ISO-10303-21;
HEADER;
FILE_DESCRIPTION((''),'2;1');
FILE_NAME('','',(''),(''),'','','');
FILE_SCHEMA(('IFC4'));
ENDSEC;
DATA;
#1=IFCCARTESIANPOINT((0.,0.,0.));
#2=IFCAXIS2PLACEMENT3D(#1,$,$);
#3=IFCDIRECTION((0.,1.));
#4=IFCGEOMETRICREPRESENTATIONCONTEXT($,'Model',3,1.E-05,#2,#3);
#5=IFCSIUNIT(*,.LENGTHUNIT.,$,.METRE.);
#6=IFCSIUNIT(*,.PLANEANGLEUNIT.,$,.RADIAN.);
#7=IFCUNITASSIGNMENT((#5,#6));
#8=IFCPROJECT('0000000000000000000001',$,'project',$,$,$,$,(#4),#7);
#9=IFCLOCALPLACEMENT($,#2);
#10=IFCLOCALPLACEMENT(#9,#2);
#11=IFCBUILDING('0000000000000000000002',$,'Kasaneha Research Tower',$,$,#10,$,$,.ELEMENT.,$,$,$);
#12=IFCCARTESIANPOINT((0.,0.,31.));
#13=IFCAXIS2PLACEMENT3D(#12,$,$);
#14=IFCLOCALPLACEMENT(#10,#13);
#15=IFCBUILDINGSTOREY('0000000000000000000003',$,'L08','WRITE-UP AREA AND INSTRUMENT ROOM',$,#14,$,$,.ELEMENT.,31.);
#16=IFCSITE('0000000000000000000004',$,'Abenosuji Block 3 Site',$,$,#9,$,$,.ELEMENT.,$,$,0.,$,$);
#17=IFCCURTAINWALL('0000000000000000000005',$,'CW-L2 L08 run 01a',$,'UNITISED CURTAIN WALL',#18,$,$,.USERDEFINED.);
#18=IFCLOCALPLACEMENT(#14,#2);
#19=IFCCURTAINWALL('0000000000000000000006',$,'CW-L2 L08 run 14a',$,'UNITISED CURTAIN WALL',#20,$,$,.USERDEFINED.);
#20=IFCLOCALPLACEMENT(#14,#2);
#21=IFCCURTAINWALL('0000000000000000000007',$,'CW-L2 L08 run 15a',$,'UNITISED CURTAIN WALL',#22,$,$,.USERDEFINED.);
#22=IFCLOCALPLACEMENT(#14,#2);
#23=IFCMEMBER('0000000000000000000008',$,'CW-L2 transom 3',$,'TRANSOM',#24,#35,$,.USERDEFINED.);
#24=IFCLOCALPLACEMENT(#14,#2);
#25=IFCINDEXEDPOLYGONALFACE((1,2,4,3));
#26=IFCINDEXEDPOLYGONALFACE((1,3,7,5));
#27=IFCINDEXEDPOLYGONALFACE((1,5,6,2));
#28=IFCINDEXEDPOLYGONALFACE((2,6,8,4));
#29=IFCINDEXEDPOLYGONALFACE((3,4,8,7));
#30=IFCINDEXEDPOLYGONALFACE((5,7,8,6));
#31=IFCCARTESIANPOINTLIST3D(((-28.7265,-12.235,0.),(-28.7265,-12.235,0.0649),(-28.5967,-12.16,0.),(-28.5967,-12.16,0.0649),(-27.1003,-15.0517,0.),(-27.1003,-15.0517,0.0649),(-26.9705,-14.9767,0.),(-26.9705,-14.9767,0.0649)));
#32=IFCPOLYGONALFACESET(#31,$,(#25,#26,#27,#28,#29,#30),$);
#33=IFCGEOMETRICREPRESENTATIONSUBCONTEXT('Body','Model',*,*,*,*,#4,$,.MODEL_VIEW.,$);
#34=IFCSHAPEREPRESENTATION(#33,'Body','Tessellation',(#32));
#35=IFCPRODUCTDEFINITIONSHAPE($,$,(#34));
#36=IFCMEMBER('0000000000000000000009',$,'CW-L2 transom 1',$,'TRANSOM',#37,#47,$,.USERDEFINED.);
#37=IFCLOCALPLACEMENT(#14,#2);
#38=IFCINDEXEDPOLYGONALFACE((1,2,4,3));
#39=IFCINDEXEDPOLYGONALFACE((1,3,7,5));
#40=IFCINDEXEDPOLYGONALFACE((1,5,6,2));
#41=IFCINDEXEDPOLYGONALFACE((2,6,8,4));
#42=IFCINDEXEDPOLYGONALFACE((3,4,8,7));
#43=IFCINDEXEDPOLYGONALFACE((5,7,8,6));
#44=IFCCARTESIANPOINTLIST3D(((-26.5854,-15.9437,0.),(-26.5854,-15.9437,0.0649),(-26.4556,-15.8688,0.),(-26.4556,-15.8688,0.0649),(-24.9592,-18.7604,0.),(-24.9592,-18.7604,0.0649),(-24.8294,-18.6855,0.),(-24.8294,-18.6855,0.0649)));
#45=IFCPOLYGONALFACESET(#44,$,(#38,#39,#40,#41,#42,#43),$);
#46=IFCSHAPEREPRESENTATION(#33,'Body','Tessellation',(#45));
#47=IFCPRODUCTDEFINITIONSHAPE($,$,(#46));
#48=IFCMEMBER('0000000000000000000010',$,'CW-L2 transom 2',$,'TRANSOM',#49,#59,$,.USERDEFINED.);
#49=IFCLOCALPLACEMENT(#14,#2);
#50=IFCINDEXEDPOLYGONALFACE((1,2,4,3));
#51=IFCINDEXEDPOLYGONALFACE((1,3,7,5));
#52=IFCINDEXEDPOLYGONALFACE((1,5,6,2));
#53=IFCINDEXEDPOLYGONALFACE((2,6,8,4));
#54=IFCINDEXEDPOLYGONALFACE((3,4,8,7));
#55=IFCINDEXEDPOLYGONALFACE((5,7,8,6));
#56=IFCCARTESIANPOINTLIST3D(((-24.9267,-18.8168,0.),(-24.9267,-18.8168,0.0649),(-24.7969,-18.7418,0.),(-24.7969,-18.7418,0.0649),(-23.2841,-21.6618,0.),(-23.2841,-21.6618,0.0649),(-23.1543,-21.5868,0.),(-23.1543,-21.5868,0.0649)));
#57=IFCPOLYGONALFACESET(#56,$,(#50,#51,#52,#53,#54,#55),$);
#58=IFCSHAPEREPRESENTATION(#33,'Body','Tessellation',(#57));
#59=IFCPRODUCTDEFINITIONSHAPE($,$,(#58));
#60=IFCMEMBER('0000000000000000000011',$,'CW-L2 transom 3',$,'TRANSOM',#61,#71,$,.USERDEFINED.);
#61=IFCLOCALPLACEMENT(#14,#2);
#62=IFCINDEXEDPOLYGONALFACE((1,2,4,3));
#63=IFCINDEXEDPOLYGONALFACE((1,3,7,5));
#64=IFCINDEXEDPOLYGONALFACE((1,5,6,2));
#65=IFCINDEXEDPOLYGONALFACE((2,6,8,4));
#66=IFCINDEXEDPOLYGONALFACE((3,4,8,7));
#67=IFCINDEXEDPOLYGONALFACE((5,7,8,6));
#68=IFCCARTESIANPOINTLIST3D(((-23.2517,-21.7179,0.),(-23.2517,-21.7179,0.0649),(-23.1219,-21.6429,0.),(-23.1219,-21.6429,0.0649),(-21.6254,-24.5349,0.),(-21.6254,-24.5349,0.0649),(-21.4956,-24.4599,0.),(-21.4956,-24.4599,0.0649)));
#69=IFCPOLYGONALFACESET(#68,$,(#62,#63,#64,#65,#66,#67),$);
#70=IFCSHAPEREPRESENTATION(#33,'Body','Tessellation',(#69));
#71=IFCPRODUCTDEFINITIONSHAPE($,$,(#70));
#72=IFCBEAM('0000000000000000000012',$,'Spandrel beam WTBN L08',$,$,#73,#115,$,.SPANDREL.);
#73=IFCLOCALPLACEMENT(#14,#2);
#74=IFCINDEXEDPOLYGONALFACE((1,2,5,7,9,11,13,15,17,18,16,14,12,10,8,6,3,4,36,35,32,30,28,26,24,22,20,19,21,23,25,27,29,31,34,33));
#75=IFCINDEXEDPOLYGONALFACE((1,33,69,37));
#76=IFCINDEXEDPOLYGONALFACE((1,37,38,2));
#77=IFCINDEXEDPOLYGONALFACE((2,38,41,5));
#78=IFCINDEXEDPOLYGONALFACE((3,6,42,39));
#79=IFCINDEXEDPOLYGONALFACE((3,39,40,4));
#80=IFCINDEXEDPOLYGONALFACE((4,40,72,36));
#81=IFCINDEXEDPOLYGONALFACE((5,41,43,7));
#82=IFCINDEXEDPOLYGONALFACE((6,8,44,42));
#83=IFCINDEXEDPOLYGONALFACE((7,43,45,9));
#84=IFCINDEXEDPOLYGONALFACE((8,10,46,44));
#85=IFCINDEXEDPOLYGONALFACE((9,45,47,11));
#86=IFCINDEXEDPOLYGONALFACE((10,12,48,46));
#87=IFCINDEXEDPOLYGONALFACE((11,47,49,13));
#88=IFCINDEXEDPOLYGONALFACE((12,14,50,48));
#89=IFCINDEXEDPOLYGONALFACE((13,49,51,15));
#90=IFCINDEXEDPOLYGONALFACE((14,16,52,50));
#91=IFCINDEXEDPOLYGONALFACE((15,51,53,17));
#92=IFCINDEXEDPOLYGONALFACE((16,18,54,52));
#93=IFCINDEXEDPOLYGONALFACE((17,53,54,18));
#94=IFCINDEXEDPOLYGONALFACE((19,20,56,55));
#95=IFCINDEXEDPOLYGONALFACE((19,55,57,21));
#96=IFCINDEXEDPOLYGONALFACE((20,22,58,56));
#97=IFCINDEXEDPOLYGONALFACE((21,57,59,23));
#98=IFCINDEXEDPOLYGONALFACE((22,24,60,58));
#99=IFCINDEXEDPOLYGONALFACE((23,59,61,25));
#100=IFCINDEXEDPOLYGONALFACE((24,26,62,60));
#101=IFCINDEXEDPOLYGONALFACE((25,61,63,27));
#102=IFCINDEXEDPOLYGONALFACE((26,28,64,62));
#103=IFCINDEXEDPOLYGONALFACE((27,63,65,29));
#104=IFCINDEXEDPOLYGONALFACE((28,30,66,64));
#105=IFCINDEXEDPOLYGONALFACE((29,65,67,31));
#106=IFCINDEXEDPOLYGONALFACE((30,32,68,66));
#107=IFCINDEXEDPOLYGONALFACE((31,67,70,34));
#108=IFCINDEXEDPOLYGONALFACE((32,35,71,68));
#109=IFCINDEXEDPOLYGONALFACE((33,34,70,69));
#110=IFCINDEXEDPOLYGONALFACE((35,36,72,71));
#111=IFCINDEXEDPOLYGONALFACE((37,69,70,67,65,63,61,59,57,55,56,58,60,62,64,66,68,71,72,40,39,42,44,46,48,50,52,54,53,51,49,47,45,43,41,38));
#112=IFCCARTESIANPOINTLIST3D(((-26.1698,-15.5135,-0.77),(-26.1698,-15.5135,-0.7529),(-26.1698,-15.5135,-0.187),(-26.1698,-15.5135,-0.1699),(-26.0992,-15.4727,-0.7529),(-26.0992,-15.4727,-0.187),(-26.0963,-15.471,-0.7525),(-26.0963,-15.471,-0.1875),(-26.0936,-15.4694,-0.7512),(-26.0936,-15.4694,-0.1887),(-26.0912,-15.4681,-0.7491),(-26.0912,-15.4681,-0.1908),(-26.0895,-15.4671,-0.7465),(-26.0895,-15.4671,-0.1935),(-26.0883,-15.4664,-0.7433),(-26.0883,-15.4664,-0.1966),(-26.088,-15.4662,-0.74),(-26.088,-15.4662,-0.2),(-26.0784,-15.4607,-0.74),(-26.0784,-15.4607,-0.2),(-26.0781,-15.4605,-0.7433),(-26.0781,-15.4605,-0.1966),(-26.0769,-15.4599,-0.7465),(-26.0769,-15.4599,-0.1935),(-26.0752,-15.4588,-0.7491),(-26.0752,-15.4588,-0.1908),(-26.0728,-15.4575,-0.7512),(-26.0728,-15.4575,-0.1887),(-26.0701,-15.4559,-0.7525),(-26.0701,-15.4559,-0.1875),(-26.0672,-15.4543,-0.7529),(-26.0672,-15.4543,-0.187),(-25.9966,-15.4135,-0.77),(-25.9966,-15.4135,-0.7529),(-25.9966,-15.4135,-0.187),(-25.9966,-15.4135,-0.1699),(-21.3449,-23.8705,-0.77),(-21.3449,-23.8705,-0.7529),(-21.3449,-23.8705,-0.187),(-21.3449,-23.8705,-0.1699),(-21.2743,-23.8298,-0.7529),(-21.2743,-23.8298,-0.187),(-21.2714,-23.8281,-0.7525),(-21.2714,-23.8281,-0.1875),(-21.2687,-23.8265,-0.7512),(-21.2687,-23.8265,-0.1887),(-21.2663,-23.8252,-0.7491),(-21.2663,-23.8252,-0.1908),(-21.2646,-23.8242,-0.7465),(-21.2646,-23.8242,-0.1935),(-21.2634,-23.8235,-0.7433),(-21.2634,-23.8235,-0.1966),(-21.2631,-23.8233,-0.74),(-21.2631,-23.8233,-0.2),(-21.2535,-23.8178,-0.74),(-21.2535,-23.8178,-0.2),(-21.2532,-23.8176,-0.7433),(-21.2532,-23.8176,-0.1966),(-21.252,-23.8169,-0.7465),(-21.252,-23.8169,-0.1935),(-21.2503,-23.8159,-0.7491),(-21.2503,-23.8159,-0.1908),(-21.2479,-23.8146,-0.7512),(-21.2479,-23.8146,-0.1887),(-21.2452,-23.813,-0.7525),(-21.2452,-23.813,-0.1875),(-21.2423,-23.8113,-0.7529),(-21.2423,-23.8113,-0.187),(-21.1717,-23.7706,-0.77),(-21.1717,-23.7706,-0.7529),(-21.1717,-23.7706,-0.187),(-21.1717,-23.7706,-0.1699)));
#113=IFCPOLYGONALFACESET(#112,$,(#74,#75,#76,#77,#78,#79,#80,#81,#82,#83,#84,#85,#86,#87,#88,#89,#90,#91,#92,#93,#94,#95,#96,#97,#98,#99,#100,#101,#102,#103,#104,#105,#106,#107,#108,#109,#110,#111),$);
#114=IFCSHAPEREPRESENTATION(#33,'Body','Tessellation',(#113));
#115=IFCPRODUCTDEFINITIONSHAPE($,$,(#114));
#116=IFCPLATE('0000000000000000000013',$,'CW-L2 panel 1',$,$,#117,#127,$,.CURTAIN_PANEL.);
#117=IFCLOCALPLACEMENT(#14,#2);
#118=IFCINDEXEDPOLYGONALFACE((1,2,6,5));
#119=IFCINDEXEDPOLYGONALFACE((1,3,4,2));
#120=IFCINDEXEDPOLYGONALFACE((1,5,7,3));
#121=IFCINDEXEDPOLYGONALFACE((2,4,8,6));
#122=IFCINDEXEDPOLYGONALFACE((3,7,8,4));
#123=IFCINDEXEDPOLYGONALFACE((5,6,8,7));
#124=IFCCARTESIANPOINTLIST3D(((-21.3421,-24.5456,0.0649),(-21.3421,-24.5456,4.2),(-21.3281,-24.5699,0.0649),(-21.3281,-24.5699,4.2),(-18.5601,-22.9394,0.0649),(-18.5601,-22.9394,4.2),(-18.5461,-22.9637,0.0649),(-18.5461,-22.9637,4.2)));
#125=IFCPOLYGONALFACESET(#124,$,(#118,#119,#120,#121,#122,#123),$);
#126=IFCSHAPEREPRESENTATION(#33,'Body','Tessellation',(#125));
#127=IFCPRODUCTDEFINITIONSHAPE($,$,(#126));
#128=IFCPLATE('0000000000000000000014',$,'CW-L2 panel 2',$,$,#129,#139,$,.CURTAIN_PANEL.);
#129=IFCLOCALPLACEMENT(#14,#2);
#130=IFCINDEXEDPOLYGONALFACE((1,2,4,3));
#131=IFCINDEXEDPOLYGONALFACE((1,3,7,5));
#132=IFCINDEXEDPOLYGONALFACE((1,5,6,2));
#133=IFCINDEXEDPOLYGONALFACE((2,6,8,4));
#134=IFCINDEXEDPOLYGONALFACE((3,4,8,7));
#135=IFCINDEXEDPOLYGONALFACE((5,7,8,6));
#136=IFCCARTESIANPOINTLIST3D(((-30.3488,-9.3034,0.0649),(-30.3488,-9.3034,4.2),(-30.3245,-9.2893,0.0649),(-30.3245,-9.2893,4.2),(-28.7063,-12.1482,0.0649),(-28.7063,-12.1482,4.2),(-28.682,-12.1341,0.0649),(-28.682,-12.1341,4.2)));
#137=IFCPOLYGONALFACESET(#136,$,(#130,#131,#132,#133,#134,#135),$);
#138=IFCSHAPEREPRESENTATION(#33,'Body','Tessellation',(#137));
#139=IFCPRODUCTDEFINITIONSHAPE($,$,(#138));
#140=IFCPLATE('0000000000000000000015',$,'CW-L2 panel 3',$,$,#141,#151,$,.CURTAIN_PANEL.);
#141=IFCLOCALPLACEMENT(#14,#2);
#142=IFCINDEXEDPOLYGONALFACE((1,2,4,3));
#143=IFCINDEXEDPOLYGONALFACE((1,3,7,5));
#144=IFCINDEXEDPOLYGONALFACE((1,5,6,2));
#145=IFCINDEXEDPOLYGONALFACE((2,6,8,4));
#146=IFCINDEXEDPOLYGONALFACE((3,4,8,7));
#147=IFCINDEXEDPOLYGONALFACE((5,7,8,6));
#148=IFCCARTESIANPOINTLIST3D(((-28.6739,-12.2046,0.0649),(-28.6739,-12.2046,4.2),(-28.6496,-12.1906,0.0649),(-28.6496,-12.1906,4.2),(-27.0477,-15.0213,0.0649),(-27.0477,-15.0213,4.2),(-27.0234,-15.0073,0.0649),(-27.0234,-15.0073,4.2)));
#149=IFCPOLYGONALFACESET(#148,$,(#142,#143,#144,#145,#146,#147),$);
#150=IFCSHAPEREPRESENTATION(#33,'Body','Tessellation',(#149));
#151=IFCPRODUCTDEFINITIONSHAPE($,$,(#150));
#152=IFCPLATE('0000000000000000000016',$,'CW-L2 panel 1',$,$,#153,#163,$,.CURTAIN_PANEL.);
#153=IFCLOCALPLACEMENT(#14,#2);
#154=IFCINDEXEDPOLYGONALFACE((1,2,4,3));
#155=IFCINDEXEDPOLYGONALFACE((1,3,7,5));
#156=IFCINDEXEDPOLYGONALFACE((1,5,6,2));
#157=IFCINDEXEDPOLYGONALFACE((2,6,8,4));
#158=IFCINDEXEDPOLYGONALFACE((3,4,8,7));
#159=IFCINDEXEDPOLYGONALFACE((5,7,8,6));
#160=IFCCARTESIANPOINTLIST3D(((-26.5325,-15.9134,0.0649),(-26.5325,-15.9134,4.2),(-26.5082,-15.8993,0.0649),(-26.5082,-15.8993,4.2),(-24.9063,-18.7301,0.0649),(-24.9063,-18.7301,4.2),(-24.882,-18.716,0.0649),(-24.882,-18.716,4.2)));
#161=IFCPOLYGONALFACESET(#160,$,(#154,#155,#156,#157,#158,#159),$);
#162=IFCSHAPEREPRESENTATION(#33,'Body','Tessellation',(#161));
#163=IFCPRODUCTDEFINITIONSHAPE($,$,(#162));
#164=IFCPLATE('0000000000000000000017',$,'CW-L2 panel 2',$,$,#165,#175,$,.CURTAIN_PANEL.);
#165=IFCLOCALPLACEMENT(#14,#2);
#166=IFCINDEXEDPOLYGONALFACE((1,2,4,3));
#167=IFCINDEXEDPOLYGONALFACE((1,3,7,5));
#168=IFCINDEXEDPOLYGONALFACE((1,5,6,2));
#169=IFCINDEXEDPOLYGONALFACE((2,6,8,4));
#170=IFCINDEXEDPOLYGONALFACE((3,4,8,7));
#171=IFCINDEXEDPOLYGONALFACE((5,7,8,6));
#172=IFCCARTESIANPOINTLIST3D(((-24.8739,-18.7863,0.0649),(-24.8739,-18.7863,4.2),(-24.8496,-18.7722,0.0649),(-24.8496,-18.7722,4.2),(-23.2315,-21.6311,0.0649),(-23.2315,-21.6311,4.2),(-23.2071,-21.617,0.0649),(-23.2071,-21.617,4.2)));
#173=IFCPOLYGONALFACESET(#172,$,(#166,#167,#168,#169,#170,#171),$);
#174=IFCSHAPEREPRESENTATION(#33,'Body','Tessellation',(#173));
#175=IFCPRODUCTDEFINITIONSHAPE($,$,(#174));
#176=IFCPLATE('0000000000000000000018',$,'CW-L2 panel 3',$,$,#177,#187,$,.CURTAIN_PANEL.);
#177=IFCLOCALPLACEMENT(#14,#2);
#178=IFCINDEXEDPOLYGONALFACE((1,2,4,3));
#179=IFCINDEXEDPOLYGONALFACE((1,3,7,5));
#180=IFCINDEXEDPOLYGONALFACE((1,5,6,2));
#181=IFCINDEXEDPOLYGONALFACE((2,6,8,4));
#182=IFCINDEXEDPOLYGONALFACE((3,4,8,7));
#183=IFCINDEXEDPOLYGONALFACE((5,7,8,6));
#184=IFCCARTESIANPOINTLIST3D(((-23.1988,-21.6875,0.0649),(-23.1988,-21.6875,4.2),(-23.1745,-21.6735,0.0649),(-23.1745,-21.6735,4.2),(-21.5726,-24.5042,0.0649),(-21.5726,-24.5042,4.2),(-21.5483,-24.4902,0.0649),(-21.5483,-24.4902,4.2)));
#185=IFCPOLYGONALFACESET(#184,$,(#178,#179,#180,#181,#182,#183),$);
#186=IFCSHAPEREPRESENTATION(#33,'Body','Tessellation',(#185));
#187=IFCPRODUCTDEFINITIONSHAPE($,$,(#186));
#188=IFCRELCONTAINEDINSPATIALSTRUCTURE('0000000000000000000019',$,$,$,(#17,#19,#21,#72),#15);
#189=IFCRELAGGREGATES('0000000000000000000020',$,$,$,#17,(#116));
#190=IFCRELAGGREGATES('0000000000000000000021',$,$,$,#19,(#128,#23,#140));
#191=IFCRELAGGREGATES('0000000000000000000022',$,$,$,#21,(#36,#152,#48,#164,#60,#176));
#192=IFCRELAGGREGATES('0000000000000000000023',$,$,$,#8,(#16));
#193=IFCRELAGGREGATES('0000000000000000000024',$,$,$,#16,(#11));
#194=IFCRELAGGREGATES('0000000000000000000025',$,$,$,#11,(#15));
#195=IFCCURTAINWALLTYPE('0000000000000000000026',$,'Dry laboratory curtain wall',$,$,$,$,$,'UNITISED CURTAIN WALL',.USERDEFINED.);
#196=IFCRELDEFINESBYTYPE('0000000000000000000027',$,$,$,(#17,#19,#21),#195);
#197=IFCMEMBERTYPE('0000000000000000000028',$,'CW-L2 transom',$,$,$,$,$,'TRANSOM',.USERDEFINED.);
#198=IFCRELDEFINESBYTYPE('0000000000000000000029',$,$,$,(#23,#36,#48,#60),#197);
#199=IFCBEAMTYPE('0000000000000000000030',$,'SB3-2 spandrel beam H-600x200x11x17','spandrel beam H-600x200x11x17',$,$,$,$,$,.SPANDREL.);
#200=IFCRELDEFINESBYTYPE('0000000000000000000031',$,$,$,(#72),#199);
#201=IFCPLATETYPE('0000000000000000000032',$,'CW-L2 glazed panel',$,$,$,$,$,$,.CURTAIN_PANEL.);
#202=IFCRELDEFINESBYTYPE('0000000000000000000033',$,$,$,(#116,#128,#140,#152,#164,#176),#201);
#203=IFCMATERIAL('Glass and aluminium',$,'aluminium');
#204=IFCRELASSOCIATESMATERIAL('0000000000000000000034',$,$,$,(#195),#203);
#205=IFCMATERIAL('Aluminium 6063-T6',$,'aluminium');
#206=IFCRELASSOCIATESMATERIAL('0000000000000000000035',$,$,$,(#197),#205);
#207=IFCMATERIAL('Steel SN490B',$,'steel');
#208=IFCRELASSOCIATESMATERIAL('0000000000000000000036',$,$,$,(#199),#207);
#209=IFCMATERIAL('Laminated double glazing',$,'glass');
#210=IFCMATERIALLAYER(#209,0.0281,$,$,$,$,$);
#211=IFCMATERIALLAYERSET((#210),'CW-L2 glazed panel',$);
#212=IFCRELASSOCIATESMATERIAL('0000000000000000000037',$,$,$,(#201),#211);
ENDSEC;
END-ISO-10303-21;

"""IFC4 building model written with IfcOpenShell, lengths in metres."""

from ifc_helpers import new_model, si_unit, direction, frame, origin, origin_2d, place, context, subcontext, project, spatial, rectangle, i_section, extrude, material, layer, layer_set, material_profile, profile_set, type_object, element, aggregate, save


model = new_model("IFC4")

# Units and contexts
model_context = context("Model", 3, precision=1e-05, world=origin(), true_north=direction((0.0, 1.0)))
body_context = subcontext(model_context, "Body", "Model", "MODEL_VIEW")
ifc_project = project(units=[si_unit("LENGTHUNIT", "METRE"), si_unit("PLANEANGLEUNIT", "RADIAN")], contexts=[model_context])

# Site, building, storey
site_placement = place(None, origin())
site = spatial("IfcSite", under=ifc_project, at=site_placement, Name="Abenosuji Block 3 Site", CompositionType="ELEMENT", RefElevation=0.0)
building_placement = place(site_placement, origin())
building = spatial("IfcBuilding", under=site, at=building_placement, Name="Kasaneha Research Tower", CompositionType="ELEMENT")
storey_placement = place(building_placement, frame((0.0, 0.0, 31.0)))
storey = spatial("IfcBuildingStorey", under=building, at=storey_placement, Name="L08", Description="WRITE-UP AREA AND INSTRUMENT ROOM", CompositionType="ELEMENT", Elevation=31.0)

# Curtain wall
ifc_material_1 = material(Name="Glass and aluminium", Category="aluminium")
curtain_wall_type = type_object("IfcCurtainWallType", Name="Dry laboratory curtain wall", ElementType="UNITISED CURTAIN WALL", PredefinedType="USERDEFINED", material=ifc_material_1)
curtain_wall_1_placement = place(storey_placement, origin())
curtain_wall_1 = element("IfcCurtainWall", 1, at=curtain_wall_1_placement, inside=storey, type_object=curtain_wall_type, Name="CW-L2 L08 run 01a", ObjectType="UNITISED CURTAIN WALL", PredefinedType="USERDEFINED")

# Curtain walls
curtain_wall_2_placement = place(storey_placement, origin())
curtain_wall_2 = element("IfcCurtainWall", 2, at=curtain_wall_2_placement, inside=storey, type_object=curtain_wall_type, Name="CW-L2 L08 run 14a", ObjectType="UNITISED CURTAIN WALL", PredefinedType="USERDEFINED")
curtain_wall_3_placement = place(storey_placement, origin())
curtain_wall_3 = element("IfcCurtainWall", 3, at=curtain_wall_3_placement, inside=storey, type_object=curtain_wall_type, Name="CW-L2 L08 run 15a", ObjectType="UNITISED CURTAIN WALL", PredefinedType="USERDEFINED")

# Members
ifc_material_2 = material(Name="Aluminium 6063-T6", Category="aluminium")
ifc_material_profile_1 = material_profile(ifc_material_2, rectangle(XDim=0.1499, YDim=0.0649, at=origin_2d()), Name="CW-L2 transom 150x65")
ifc_profile_set_1 = profile_set([ifc_material_profile_1], Name="Aluminium 6063-T6")
member_type_1 = type_object("IfcMemberType", Name="CW-L2 transom", ElementType="TRANSOM", PredefinedType="USERDEFINED", material=ifc_profile_set_1)
member_1_placement = place(storey_placement, frame((-28.6616, -12.1975, 0.0325), z_axis=(0.500006, -0.866022, 0.0), x_axis=(0.866022, 0.500006, 0.0)))
member_1 = element("IfcMember", 4, at=member_1_placement, type_object=member_type_1, Name="CW-L2 transom 3", ObjectType="TRANSOM", PredefinedType="USERDEFINED", context=body_context, shape_type="SweptSolid", body=[
    extrude(rectangle(XDim=0.1499, YDim=0.0649, at=origin_2d()), origin(), (0.0, 0.0, 1.0), 3.2524),
])
member_2_placement = place(storey_placement, frame((-26.5205, -15.9062, 0.0325), z_axis=(0.500006, -0.866022, 0.0), x_axis=(0.866022, 0.500006, 0.0)))
member_2 = element("IfcMember", 5, at=member_2_placement, type_object=member_type_1, Name="CW-L2 transom 1", ObjectType="TRANSOM", PredefinedType="USERDEFINED", context=body_context, shape_type="SweptSolid", body=[
    extrude(rectangle(XDim=0.1499, YDim=0.0649, at=origin_2d()), origin(), (0.0, 0.0, 1.0), 3.2524),
])
member_3_placement = place(storey_placement, frame((-24.8618, -18.7793, 0.0325), z_axis=(0.500008, -0.866021, 0.0), x_axis=(0.866021, 0.500008, 0.0)))
member_3 = element("IfcMember", 6, at=member_3_placement, type_object=member_type_1, Name="CW-L2 transom 2", ObjectType="TRANSOM", PredefinedType="USERDEFINED", context=body_context, shape_type="SweptSolid", body=[
    extrude(rectangle(XDim=0.1499, YDim=0.0649, at=origin_2d()), origin(), (0.0, 0.0, 1.0), 3.2852),
])
member_4_placement = place(storey_placement, frame((-23.1868, -21.6804, 0.0325), z_axis=(0.499974, -0.866041, 0.0), x_axis=(0.866041, 0.499974, 0.0)))
member_4 = element("IfcMember", 7, at=member_4_placement, type_object=member_type_1, Name="CW-L2 transom 3", ObjectType="TRANSOM", PredefinedType="USERDEFINED", context=body_context, shape_type="SweptSolid", body=[
    extrude(rectangle(XDim=0.1499, YDim=0.0649, at=origin_2d()), origin(), (0.0, 0.0, 1.0), 3.2527),
])

# Beam
ifc_material_3 = material(Name="Steel SN490B", Category="steel")
ifc_material_profile_2 = material_profile(ifc_material_3, i_section(OverallWidth=0.2, OverallDepth=0.6001, WebThickness=0.011, FlangeThickness=0.0171, FilletRadius=0.0129, at=origin_2d()), Name="H-600x200x11x17")
ifc_profile_set_2 = profile_set([ifc_material_profile_2], Name="Steel SN490B")
beam_type_1 = type_object("IfcBeamType", Name="SB3-2 spandrel beam H-600x200x11x17", Description="spandrel beam H-600x200x11x17", PredefinedType="SPANDREL", material=ifc_profile_set_2)
beam_1_placement = place(storey_placement, frame((-21.2583, -23.8206, -0.47), z_axis=(-0.499995, 0.866028, 0.0), x_axis=(-0.866028, -0.499995, 0.0)))
element("IfcBeam", 8, at=beam_1_placement, inside=storey, type_object=beam_type_1, Name="Spandrel beam WTBN L08", PredefinedType="SPANDREL", context=body_context, shape_type="SweptSolid", body=[
    extrude(i_section(OverallWidth=0.2, OverallDepth=0.6001, WebThickness=0.011, FlangeThickness=0.0171, FilletRadius=0.0129, at=origin_2d()), origin(), (0.0, 0.0, 1.0), 9.6499),
])

# Plates
ifc_material_4 = material(Name="Laminated double glazing", Category="glass")
ifc_layer_1 = layer(ifc_material_4, 0.0281)
ifc_layer_set_1 = layer_set([ifc_layer_1], Name="CW-L2 glazed panel")
plate_type = type_object("IfcPlateType", Name="CW-L2 glazed panel", PredefinedType="CURTAIN_PANEL", material=ifc_layer_set_1)
plate_1_placement = place(storey_placement, frame((-19.9441, -23.7546, 0.0649), z_axis=(0.0, 0.0, 1.0), x_axis=(0.866025, 0.5, 0.0)))
plate_1 = element("IfcPlate", 9, at=plate_1_placement, type_object=plate_type, Name="CW-L2 panel 1", PredefinedType="CURTAIN_PANEL", context=body_context, shape_type="SweptSolid", body=[
    extrude(rectangle(XDim=3.2124, YDim=0.0281, at=origin_2d()), origin(), (0.0, 0.0, 1.0), 4.135),
])
aggregate(curtain_wall_1, [plate_1])
plate_2_placement = place(storey_placement, frame((-29.5154, -10.7188, 0.0649), z_axis=(0.0, 0.0, 1.0), x_axis=(0.5, -0.866025, 0.0)))
plate_2 = element("IfcPlate", 10, at=plate_2_placement, type_object=plate_type, Name="CW-L2 panel 2", PredefinedType="CURTAIN_PANEL", context=body_context, shape_type="SweptSolid", body=[
    extrude(rectangle(XDim=3.2849, YDim=0.0281, at=origin_2d()), origin(), (0.0, 0.0, 1.0), 4.135),
])
plate_3_placement = place(storey_placement, frame((-27.8486, -13.606, 0.0649), z_axis=(0.0, 0.0, 1.0), x_axis=(0.5, -0.866025, 0.0)))
plate_3 = element("IfcPlate", 11, at=plate_3_placement, type_object=plate_type, Name="CW-L2 panel 3", PredefinedType="CURTAIN_PANEL", context=body_context, shape_type="SweptSolid", body=[
    extrude(rectangle(XDim=3.2524, YDim=0.0281, at=origin_2d()), origin(), (0.0, 0.0, 1.0), 4.135),
])
aggregate(curtain_wall_2, [plate_2, member_1, plate_3])
plate_4_placement = place(storey_placement, frame((-25.7073, -17.3147, 0.0649), z_axis=(0.0, 0.0, 1.0), x_axis=(0.5, -0.866025, 0.0)))
plate_4 = element("IfcPlate", 12, at=plate_4_placement, type_object=plate_type, Name="CW-L2 panel 1", PredefinedType="CURTAIN_PANEL", context=body_context, shape_type="SweptSolid", body=[
    extrude(rectangle(XDim=3.2524, YDim=0.0281, at=origin_2d()), origin(), (0.0, 0.0, 1.0), 4.135),
])
plate_5_placement = place(storey_placement, frame((-24.0405, -20.2017, 0.0649), z_axis=(0.0, 0.0, 1.0), x_axis=(0.5, -0.866025, 0.0)))
plate_5 = element("IfcPlate", 13, at=plate_5_placement, type_object=plate_type, Name="CW-L2 panel 2", PredefinedType="CURTAIN_PANEL", context=body_context, shape_type="SweptSolid", body=[
    extrude(rectangle(XDim=3.2849, YDim=0.0281, at=origin_2d()), origin(), (0.0, 0.0, 1.0), 4.135),
])
plate_6_placement = place(storey_placement, frame((-22.3735, -23.0889, 0.0649), z_axis=(0.0, 0.0, 1.0), x_axis=(0.5, -0.866025, 0.0)))
plate_6 = element("IfcPlate", 14, at=plate_6_placement, type_object=plate_type, Name="CW-L2 panel 3", PredefinedType="CURTAIN_PANEL", context=body_context, shape_type="SweptSolid", body=[
    extrude(rectangle(XDim=3.2524, YDim=0.0281, at=origin_2d()), origin(), (0.0, 0.0, 1.0), 4.135),
])
aggregate(curtain_wall_3, [member_2, plate_4, member_3, plate_5, member_4, plate_6])

save(model, "model.ifc")
